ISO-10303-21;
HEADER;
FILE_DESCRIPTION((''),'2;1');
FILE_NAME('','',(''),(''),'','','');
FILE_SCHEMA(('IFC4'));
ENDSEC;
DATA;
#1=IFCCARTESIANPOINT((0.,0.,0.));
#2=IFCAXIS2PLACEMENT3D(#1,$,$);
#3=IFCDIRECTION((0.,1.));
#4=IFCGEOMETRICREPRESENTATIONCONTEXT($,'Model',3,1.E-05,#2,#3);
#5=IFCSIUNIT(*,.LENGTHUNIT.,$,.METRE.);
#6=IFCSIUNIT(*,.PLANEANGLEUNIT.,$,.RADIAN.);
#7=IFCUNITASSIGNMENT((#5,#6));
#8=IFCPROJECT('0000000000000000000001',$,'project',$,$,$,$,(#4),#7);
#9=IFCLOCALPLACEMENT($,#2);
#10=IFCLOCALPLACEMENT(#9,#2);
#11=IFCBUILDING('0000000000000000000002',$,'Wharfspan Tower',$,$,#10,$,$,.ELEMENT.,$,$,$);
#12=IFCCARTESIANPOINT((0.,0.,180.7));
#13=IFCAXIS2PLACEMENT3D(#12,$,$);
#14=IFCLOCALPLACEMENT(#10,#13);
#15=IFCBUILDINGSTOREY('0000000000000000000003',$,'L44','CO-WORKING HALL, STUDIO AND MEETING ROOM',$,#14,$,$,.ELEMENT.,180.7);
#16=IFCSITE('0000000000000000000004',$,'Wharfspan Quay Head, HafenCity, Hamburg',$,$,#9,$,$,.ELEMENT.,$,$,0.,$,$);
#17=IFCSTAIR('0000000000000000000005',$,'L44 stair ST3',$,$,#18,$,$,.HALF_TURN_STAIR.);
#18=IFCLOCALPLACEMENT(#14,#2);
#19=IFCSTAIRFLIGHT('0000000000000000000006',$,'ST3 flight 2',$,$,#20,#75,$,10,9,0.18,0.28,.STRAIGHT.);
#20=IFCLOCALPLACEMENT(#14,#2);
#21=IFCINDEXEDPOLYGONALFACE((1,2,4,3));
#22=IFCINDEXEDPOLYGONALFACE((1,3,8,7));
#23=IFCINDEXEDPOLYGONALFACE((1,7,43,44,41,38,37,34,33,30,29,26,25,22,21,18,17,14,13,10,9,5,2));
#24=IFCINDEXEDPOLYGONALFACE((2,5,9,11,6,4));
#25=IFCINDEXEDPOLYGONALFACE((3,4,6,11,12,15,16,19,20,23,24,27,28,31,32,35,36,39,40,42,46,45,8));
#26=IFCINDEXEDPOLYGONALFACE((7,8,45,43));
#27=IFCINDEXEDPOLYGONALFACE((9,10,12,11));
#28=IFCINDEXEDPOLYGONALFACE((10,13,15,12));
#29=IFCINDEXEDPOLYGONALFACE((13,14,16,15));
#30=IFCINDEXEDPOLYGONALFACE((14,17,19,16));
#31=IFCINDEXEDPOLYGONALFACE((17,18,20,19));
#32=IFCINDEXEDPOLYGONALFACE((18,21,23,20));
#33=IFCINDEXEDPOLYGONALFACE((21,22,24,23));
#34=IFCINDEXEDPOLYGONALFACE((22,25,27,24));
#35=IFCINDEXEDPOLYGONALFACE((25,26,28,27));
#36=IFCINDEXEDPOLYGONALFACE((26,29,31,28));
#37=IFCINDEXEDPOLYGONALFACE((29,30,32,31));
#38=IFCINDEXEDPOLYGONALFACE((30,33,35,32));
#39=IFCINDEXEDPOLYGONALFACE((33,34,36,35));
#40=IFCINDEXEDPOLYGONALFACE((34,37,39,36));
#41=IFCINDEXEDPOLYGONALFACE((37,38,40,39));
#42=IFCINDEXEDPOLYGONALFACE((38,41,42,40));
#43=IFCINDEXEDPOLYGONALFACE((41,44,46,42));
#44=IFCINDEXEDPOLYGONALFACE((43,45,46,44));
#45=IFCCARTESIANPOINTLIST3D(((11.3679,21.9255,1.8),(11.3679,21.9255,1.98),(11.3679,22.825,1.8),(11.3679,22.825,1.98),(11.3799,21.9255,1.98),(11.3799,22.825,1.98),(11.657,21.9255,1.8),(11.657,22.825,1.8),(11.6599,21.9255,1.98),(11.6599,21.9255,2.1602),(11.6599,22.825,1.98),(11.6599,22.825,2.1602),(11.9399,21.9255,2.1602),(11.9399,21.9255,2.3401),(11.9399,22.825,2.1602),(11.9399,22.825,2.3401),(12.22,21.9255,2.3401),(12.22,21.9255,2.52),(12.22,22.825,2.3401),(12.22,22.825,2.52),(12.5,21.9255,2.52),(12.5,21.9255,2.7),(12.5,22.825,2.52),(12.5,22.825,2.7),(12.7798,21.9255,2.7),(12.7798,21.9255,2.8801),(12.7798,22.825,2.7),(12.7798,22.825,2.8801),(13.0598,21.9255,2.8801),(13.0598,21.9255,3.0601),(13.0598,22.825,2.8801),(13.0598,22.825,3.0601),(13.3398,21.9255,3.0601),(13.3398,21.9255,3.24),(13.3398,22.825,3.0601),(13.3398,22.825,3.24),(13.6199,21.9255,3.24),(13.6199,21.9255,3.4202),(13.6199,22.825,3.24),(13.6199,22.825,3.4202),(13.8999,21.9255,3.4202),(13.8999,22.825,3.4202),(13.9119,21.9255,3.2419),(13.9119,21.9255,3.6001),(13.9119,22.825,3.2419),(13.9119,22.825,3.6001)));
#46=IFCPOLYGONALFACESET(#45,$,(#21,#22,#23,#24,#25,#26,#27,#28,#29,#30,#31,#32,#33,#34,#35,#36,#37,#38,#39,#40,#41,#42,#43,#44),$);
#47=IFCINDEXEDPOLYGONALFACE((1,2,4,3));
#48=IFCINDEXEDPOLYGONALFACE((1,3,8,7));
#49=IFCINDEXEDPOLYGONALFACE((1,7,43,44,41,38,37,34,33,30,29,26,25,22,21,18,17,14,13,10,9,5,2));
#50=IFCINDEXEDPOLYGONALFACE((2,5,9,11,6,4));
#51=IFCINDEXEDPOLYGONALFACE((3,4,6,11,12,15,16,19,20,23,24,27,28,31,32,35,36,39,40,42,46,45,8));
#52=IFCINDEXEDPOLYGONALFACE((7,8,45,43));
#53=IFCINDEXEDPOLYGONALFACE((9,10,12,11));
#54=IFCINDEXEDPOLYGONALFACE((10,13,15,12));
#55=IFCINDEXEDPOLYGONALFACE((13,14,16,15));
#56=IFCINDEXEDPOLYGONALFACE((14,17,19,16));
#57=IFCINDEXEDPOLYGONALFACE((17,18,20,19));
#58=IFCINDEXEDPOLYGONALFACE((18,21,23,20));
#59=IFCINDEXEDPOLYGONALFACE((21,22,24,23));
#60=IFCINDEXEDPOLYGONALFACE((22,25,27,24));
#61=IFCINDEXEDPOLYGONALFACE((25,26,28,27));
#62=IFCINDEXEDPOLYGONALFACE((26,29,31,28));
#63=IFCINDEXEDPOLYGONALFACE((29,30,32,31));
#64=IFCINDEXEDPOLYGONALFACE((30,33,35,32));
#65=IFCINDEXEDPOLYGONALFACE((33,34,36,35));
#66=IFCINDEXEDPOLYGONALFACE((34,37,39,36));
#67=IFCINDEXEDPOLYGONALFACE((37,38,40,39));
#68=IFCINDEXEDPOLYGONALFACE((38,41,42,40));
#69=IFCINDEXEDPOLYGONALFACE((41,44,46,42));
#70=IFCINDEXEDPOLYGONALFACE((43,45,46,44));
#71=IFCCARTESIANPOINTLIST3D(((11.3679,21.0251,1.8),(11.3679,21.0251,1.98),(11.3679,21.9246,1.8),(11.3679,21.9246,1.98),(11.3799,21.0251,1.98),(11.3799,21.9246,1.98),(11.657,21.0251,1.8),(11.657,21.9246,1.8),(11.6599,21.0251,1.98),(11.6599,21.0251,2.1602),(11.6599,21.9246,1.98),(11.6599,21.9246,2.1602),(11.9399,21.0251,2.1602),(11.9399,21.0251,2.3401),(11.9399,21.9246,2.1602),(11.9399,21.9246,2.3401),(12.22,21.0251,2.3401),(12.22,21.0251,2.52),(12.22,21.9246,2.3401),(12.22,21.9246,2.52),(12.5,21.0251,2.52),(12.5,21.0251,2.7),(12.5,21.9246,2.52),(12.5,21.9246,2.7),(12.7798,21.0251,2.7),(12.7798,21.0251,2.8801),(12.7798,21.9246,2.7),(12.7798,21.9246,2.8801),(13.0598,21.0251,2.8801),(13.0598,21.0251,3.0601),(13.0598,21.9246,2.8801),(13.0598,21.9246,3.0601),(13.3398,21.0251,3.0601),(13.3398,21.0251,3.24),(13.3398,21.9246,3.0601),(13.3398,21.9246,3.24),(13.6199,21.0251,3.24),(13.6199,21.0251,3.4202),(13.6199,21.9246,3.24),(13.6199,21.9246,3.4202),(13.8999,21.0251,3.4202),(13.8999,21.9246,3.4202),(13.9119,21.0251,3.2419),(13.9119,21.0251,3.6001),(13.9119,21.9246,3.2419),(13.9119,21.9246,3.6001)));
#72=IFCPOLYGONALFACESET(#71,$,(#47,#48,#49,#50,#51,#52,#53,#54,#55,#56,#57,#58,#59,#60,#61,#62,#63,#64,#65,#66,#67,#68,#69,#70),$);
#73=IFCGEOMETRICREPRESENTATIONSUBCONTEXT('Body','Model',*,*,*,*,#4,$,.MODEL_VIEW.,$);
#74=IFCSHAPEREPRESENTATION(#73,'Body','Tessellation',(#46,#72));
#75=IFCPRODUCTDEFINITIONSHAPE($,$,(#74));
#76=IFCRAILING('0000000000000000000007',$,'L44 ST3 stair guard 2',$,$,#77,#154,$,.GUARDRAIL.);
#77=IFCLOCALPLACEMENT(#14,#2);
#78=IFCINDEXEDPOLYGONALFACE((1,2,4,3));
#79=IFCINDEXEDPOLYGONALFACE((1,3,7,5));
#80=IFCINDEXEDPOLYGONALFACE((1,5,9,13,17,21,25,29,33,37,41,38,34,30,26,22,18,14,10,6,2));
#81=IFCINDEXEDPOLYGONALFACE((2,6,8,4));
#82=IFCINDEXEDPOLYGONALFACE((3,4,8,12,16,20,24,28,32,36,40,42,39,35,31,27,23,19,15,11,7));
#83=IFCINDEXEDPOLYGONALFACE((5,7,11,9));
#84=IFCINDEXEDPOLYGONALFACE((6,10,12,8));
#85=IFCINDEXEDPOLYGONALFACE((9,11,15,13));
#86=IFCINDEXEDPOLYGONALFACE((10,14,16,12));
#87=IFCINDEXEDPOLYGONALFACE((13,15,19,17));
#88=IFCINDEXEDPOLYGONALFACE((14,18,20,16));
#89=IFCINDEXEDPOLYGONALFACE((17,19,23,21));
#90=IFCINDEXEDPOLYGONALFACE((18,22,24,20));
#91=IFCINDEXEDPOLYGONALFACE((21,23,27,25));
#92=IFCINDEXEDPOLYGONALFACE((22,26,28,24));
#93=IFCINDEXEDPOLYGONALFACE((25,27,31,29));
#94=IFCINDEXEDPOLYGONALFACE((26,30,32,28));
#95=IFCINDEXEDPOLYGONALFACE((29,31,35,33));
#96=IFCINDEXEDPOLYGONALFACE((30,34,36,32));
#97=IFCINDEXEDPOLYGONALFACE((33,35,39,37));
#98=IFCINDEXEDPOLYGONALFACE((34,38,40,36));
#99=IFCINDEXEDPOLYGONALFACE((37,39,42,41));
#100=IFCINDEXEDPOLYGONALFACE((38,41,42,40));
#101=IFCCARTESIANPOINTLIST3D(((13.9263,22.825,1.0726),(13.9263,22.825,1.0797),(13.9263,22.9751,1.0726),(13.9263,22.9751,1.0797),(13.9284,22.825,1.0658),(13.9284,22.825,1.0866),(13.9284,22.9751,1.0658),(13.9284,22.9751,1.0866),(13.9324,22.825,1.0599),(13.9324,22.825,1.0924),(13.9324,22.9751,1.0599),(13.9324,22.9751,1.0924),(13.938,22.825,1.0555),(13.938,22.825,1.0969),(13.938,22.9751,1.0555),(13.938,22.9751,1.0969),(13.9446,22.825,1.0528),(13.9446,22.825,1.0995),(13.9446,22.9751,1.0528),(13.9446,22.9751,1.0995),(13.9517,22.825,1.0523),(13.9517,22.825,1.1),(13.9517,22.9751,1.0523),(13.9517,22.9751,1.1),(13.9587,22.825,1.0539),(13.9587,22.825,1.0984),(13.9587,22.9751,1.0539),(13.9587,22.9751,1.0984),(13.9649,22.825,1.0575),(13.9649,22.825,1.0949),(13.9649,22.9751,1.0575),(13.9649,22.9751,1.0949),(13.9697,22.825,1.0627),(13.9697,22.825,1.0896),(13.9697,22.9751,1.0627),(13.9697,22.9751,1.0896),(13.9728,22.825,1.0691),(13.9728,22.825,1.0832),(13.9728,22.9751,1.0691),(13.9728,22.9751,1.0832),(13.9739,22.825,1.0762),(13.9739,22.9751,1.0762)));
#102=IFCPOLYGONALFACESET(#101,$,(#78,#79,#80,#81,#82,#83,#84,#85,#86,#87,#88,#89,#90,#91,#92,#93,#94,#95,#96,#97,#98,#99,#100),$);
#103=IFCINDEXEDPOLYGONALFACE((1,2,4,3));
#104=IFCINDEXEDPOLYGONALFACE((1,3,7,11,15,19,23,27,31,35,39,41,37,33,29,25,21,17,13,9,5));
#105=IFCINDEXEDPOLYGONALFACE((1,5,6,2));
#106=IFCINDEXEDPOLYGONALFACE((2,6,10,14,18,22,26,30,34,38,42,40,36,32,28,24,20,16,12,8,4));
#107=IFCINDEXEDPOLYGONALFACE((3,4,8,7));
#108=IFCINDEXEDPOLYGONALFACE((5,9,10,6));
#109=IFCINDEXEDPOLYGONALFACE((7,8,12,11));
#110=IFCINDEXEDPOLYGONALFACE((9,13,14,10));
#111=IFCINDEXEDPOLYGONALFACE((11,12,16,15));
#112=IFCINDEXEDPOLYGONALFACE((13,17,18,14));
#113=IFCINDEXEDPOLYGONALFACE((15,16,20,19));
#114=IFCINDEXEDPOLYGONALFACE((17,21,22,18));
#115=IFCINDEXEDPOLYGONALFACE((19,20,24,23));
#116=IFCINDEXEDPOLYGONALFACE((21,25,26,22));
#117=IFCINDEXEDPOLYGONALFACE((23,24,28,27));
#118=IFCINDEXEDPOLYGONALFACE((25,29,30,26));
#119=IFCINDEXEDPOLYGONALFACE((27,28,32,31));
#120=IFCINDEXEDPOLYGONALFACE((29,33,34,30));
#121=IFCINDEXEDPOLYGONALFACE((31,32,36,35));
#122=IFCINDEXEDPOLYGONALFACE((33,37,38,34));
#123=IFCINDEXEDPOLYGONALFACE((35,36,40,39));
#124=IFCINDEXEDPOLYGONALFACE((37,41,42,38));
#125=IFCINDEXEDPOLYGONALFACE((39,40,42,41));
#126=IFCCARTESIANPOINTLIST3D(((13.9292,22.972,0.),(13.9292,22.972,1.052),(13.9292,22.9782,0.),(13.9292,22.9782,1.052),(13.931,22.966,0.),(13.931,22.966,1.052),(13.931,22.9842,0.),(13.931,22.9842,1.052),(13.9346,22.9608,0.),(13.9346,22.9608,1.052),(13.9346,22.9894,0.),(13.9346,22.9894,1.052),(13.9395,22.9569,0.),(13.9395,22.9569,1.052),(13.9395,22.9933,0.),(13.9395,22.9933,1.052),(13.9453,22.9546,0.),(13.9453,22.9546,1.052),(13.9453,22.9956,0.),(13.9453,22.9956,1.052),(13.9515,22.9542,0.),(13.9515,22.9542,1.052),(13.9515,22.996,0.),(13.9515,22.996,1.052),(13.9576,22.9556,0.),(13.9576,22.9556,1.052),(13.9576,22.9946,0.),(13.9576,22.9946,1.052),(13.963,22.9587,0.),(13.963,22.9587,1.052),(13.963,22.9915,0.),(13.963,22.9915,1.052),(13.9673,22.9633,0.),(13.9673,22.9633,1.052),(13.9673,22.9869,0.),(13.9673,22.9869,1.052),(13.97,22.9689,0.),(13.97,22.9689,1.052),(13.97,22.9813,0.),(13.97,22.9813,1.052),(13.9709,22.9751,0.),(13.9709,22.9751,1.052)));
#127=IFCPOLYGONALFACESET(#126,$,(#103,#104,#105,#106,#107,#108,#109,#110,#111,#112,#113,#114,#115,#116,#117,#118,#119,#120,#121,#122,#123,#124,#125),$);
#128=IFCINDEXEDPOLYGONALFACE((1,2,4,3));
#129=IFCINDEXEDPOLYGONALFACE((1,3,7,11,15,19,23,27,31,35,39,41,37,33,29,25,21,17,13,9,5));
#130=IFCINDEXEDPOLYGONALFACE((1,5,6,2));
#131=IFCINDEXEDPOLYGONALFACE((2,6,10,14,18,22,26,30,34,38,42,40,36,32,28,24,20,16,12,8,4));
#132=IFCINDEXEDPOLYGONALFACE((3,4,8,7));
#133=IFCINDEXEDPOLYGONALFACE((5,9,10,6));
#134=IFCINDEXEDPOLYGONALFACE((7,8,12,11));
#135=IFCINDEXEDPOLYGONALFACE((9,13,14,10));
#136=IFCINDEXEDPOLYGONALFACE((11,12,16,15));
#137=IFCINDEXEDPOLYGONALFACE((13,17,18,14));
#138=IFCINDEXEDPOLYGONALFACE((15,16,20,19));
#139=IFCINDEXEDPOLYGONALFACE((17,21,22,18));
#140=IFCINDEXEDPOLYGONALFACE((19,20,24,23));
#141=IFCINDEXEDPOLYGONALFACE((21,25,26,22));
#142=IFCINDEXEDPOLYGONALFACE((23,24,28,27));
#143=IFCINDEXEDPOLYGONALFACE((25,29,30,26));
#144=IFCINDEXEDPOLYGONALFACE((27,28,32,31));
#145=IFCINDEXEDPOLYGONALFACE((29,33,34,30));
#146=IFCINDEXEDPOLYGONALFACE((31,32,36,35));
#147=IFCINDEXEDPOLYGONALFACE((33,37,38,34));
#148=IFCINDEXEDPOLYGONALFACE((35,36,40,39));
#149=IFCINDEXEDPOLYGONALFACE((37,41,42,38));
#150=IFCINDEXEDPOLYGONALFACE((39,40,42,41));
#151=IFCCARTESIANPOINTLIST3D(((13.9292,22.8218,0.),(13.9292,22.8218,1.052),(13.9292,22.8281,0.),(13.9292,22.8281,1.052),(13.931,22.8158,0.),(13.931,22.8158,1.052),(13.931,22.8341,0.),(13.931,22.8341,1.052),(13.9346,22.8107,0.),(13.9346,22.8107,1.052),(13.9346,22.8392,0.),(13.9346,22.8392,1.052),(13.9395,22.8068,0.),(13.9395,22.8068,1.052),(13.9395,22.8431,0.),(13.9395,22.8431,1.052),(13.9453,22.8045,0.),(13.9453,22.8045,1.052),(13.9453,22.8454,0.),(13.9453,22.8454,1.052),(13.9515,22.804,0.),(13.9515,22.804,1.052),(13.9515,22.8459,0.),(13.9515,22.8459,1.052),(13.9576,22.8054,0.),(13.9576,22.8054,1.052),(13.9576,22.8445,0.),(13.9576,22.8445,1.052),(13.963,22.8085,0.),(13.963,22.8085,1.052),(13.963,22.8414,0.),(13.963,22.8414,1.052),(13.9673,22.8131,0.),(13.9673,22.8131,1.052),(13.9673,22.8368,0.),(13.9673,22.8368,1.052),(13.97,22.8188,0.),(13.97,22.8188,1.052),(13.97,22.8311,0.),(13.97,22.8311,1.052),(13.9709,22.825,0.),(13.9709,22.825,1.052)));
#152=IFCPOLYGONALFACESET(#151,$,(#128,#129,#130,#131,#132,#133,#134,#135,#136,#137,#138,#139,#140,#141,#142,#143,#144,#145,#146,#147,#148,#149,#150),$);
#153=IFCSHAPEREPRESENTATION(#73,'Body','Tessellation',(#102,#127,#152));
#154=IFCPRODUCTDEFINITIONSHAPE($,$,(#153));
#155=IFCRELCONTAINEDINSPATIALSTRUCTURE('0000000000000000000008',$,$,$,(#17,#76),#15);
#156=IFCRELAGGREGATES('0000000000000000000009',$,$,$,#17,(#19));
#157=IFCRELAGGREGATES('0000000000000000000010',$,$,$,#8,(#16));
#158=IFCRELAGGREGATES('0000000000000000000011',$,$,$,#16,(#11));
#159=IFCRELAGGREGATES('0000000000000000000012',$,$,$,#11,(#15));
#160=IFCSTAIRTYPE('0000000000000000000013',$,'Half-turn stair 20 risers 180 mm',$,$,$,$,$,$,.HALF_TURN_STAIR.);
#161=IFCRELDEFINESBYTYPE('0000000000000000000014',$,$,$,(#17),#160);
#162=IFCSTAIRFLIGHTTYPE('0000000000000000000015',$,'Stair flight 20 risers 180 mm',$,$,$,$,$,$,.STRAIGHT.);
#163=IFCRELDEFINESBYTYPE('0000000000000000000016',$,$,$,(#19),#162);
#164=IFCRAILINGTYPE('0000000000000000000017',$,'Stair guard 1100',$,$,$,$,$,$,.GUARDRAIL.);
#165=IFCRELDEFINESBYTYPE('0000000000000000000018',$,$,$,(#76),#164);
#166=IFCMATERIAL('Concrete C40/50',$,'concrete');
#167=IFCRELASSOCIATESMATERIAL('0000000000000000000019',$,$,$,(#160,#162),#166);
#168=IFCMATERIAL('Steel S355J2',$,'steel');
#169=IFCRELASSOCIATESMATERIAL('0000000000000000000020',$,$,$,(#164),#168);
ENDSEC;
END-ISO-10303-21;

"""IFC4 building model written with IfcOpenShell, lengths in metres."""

from ifc_helpers import new_model, si_unit, direction, frame, origin, origin_2d, place, context, subcontext, project, spatial, polyline, circle, outline, extrude, material, type_object, element, aggregate, save


model = new_model("IFC4")

# Units and contexts
model_context = context("Model", 3, precision=1e-05, world=origin(), true_north=direction((0.0, 1.0)))
body_context = subcontext(model_context, "Body", "Model", "MODEL_VIEW")
ifc_project = project(units=[si_unit("LENGTHUNIT", "METRE"), si_unit("PLANEANGLEUNIT", "RADIAN")], contexts=[model_context])

# Site, building, storey
site_placement = place(None, origin())
site = spatial("IfcSite", under=ifc_project, at=site_placement, Name="Wharfspan Quay Head, HafenCity, Hamburg", CompositionType="ELEMENT", RefElevation=0.0)
building_placement = place(site_placement, origin())
building = spatial("IfcBuilding", under=site, at=building_placement, Name="Wharfspan Tower", CompositionType="ELEMENT")
storey_placement = place(building_placement, frame((0.0, 0.0, 180.7)))
storey = spatial("IfcBuildingStorey", under=building, at=storey_placement, Name="L44", Description="CO-WORKING HALL, STUDIO AND MEETING ROOM", CompositionType="ELEMENT", Elevation=180.7)

# Shared definitions
ifc_material_1 = material(Name="Concrete C40/50", Category="concrete")

# Stair, stair flight
stair_type = type_object("IfcStairType", Name="Half-turn stair 20 risers 180 mm", PredefinedType="HALF_TURN_STAIR", material=ifc_material_1)
stair_placement = place(storey_placement, origin())
stair = element("IfcStair", 1, at=stair_placement, inside=storey, type_object=stair_type, Name="L44 stair ST3", PredefinedType="HALF_TURN_STAIR")
stair_flight_type = type_object("IfcStairFlightType", Name="Stair flight 20 risers 180 mm", PredefinedType="STRAIGHT", material=ifc_material_1)
stair_flight_1_placement = place(storey_placement, frame((11.3799, 21.925, 1.8), z_axis=(0.0, 0.0, 1.0), x_axis=(1.0, 0.0, 0.0)))
stair_flight_1 = element("IfcStairFlight", 2, at=stair_flight_1_placement, type_object=stair_flight_type, Name="ST3 flight 2", NumberOfRisers=10, NumberOfTreads=9, PredefinedType="STRAIGHT", RiserHeight=0.18, TreadLength=0.28, context=body_context, shape_type="SweptSolid", body=[
    extrude(outline(polyline([(-0.012, 0.0), (-0.012, 0.1799), (0.0, 0.1799), (0.28, 0.1799), (0.28, 0.3601), (0.5601, 0.3601), (0.5601, 0.54), (0.8401, 0.54), (0.8401, 0.72), (1.1201, 0.72), (1.1201, 0.8999), (1.3999, 0.8999), (1.3999, 1.0801), (1.6799, 1.0801), (1.6799, 1.26), (1.96, 1.26), (1.96, 1.4399), (2.24, 1.4399), (2.24, 1.6201), (2.52, 1.6201), (2.532, 1.8), (2.532, 1.4419), (0.2771, 0.0), (-0.012, 0.0)])), frame((0.0, 0.8999, 0.0), z_axis=(0.0, -1.0, 0.0), x_axis=(1.0, 0.0, 0.0)), (0.0, 0.0, 1.0), 0.8994),
    extrude(outline(polyline([(-0.012, 0.0), (-0.012, 0.1799), (0.0, 0.1799), (0.28, 0.1799), (0.28, 0.3601), (0.5601, 0.3601), (0.5601, 0.54), (0.8401, 0.54), (0.8401, 0.72), (1.1201, 0.72), (1.1201, 0.8999), (1.3999, 0.8999), (1.3999, 1.0801), (1.6799, 1.0801), (1.6799, 1.26), (1.96, 1.26), (1.96, 1.4399), (2.24, 1.4399), (2.24, 1.6201), (2.52, 1.6201), (2.532, 1.8), (2.532, 1.4419), (0.2771, 0.0), (-0.012, 0.0)])), frame((0.0, -0.0005, 0.0), z_axis=(0.0, -1.0, 0.0), x_axis=(1.0, 0.0, 0.0)), (0.0, 0.0, 1.0), 0.8994),
])
aggregate(stair, [stair_flight_1])

# Railing
ifc_material_2 = material(Name="Steel S355J2", Category="steel")
railing_type_1 = type_object("IfcRailingType", Name="Stair guard 1100", PredefinedType="GUARDRAIL", material=ifc_material_2)
railing_1_placement = place(storey_placement, frame((13.95, 22.9751, 0.0)))
element("IfcRailing", 3, at=railing_1_placement, inside=storey, type_object=railing_type_1, Name="L44 ST3 stair guard 2", PredefinedType="GUARDRAIL", context=body_context, shape_type="SweptSolid", body=[
    extrude(circle(Radius=0.0239, at=origin_2d()), frame((0.0, 0.0, 1.0762), z_axis=(0.0, -1.0, 0.0), x_axis=(1.0, 0.0, 0.0)), (0.0, 0.0, 1.0), 0.1501),
    extrude(circle(Radius=0.021, at=origin_2d()), origin(), (0.0, 0.0, 1.0), 1.052),
    extrude(circle(Radius=0.021, at=origin_2d()), frame((0.0, -0.1501, 0.0)), (0.0, 0.0, 1.0), 1.052),
])

save(model, "model.ifc")
